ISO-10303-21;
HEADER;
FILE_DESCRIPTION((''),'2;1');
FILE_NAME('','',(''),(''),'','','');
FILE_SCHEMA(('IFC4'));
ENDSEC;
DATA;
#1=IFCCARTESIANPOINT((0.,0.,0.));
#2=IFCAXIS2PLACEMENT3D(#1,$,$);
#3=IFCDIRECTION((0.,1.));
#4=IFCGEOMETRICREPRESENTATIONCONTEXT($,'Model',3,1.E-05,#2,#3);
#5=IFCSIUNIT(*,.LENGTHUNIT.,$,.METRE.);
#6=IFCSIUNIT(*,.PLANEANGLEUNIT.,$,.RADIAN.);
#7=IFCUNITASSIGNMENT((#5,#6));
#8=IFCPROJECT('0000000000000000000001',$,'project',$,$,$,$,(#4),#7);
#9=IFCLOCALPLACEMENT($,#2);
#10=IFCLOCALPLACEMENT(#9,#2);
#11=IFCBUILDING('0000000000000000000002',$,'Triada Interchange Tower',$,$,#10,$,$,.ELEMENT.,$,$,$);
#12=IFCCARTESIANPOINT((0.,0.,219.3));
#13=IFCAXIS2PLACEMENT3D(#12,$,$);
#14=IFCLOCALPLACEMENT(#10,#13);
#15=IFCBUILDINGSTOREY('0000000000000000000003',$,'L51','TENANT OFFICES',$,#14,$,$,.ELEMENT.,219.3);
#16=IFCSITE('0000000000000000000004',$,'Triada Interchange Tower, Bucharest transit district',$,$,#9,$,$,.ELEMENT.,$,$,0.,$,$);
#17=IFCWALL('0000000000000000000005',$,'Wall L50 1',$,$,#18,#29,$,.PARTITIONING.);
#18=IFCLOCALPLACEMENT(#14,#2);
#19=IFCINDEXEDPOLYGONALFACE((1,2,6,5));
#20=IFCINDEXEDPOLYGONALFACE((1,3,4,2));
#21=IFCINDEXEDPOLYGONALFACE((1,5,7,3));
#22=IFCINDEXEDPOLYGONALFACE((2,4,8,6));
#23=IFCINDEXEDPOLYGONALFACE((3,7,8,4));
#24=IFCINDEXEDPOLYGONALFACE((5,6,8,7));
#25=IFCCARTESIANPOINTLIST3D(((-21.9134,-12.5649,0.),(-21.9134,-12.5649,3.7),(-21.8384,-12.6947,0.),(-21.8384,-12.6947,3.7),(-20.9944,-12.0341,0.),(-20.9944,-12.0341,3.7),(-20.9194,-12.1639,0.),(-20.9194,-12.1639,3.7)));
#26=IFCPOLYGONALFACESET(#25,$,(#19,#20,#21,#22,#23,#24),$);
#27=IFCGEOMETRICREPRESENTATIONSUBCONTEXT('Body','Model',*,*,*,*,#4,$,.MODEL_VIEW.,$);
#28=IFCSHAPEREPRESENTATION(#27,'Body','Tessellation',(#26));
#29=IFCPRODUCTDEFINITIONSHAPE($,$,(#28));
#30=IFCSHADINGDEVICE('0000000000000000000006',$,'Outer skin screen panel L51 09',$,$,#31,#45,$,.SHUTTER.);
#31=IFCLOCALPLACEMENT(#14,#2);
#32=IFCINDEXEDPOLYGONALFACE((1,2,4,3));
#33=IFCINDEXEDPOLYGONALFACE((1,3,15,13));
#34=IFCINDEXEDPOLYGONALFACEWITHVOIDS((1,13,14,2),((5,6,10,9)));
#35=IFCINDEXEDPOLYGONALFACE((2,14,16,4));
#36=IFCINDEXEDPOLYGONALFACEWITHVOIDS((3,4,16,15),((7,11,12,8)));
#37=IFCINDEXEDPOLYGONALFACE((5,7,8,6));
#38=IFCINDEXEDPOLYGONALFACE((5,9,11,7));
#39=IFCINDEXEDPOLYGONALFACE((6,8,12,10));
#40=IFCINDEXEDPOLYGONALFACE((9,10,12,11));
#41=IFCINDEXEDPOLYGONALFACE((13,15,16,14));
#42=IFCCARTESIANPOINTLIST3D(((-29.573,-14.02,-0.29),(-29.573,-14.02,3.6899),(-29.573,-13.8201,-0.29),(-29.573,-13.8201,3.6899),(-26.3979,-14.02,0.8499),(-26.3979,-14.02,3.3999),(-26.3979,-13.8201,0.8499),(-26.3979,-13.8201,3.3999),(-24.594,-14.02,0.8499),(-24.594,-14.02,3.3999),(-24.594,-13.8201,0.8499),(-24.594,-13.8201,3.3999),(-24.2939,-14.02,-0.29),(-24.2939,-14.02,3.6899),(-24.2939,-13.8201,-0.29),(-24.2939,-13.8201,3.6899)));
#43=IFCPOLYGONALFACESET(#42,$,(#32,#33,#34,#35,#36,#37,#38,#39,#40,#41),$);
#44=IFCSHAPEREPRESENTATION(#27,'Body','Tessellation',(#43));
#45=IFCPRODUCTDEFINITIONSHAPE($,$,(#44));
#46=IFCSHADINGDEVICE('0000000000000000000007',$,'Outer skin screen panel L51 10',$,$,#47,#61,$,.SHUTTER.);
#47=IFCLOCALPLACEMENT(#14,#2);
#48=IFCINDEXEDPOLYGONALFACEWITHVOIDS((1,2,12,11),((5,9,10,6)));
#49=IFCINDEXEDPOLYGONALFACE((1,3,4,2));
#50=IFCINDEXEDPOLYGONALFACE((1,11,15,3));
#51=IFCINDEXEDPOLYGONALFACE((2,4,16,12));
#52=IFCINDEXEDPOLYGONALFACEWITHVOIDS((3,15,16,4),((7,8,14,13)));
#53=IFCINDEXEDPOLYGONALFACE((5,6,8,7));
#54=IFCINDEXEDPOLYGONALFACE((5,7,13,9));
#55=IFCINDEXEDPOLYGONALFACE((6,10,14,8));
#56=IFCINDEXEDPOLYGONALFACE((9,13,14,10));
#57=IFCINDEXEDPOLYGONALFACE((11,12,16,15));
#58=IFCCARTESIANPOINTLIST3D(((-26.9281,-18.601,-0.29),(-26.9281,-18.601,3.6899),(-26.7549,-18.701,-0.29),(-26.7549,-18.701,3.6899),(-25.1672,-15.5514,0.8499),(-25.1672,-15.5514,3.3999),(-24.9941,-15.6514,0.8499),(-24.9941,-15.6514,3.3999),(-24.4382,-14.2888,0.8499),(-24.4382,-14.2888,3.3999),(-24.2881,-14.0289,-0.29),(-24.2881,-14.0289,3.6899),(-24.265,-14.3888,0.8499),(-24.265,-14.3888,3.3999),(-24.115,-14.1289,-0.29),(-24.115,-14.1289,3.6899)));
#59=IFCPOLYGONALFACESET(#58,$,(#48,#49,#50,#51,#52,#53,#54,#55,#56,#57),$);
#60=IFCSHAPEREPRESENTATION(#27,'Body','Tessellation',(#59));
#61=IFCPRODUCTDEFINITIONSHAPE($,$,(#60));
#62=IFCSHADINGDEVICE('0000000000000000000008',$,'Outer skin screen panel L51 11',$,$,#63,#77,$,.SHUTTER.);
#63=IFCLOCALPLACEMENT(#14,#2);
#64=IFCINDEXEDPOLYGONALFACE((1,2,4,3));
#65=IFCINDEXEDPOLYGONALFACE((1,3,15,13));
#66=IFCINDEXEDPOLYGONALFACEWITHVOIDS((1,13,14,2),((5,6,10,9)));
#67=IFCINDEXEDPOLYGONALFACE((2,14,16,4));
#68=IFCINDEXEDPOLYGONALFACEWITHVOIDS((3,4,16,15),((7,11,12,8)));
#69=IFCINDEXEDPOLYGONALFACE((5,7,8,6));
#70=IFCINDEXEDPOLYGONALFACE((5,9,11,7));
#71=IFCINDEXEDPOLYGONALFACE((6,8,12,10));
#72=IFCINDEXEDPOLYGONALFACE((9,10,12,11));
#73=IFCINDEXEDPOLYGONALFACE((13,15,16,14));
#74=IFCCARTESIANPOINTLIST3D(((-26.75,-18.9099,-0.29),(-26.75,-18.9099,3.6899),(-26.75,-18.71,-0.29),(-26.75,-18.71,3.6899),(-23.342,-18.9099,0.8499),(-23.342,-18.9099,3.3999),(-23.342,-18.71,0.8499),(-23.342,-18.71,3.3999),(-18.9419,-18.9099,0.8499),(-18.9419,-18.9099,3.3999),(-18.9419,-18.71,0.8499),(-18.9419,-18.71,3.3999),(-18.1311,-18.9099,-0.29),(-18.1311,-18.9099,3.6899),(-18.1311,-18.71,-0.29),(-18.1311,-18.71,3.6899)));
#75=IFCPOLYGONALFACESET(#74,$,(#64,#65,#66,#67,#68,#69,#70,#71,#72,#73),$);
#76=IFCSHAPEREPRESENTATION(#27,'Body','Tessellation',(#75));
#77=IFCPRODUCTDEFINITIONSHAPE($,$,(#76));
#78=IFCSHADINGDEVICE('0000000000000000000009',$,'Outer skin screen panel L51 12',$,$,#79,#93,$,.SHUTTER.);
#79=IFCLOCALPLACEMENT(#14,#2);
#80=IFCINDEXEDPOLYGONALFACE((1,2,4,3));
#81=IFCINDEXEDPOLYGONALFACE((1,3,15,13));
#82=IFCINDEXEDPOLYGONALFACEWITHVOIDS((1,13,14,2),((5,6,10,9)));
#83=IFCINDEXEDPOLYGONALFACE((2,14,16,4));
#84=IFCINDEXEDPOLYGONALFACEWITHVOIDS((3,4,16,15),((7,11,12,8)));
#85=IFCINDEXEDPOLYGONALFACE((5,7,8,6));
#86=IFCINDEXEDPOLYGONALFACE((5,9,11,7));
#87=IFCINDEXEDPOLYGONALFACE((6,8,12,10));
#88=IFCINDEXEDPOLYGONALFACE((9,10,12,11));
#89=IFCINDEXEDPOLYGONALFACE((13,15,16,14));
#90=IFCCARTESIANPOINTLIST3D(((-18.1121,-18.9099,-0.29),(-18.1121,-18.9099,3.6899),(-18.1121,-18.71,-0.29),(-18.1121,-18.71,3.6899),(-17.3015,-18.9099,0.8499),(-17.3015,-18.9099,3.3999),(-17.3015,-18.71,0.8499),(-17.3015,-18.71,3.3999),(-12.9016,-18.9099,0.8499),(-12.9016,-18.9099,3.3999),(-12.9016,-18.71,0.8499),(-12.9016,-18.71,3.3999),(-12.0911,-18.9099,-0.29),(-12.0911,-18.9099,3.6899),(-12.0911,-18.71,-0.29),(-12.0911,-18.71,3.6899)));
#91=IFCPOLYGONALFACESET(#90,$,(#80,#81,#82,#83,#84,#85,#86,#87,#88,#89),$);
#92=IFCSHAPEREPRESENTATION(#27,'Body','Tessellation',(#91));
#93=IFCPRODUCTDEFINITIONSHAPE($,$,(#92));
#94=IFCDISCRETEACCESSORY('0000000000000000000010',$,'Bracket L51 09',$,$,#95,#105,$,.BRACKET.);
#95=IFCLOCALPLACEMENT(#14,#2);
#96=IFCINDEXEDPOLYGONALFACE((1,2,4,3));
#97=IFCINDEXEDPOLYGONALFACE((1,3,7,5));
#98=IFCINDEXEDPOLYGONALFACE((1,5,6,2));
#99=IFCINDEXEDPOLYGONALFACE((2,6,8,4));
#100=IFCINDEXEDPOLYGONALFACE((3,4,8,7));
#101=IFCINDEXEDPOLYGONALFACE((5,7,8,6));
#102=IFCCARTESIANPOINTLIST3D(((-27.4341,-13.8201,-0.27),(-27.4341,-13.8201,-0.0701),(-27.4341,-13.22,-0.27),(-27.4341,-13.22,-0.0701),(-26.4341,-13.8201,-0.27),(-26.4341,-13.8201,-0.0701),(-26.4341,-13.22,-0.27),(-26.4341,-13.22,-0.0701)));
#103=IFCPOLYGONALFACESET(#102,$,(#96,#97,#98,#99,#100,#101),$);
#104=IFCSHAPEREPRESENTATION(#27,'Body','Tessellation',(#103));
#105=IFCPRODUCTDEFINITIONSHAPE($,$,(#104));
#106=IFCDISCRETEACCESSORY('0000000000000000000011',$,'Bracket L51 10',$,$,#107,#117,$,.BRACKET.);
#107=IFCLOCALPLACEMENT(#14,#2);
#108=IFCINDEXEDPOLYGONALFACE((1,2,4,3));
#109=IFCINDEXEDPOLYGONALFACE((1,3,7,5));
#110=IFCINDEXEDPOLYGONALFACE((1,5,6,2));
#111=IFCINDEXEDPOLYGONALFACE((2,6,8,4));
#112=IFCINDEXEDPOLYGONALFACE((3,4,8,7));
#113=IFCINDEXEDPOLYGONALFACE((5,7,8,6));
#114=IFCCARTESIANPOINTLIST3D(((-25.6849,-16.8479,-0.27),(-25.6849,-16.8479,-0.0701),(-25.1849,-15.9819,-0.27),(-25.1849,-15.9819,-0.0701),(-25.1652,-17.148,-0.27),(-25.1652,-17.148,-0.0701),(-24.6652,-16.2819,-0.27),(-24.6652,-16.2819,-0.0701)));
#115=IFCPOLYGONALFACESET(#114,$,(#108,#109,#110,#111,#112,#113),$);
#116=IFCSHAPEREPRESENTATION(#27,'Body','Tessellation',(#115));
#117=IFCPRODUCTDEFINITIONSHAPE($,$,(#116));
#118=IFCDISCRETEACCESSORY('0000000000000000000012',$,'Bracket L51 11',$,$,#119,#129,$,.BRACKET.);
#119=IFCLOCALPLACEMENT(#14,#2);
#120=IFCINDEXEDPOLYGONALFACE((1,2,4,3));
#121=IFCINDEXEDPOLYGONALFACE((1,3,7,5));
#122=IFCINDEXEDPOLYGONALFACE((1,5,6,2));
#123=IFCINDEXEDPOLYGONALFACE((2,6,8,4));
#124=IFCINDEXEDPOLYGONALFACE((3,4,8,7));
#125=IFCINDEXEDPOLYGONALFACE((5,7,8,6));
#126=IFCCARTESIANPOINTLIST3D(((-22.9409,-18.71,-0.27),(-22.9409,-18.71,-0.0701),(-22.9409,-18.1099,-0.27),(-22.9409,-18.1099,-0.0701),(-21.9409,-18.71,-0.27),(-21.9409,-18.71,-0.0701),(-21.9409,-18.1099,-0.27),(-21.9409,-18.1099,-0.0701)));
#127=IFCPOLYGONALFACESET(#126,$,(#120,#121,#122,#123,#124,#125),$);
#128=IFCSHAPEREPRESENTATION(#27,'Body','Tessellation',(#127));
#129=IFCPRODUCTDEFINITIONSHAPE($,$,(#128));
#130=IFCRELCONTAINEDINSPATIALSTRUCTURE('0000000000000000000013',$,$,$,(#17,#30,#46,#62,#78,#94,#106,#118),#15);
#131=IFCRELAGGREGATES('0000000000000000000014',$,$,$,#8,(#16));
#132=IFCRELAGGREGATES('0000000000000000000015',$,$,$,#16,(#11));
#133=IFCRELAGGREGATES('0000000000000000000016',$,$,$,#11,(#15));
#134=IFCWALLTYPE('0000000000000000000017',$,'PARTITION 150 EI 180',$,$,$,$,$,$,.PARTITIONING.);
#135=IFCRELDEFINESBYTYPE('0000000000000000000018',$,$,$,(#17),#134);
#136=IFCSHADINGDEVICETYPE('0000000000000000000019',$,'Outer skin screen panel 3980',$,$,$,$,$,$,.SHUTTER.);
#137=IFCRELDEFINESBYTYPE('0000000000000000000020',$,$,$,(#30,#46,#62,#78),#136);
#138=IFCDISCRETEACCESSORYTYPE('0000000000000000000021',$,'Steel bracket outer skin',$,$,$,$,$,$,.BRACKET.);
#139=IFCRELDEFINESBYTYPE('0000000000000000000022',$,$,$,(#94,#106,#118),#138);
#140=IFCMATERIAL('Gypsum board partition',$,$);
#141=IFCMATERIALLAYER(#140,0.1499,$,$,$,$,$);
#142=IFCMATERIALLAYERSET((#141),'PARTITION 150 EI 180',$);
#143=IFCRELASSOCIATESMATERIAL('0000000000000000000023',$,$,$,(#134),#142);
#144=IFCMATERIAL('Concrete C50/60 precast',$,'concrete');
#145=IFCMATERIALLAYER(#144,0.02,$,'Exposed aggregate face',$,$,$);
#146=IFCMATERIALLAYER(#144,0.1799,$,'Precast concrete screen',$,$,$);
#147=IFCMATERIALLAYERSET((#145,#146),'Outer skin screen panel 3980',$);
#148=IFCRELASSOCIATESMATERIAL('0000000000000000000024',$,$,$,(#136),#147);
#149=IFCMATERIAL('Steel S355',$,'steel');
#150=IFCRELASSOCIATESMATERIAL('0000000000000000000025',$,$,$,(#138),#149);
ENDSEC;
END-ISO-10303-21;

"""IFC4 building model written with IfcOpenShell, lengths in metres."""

from ifc_helpers import new_model, si_unit, direction, frame, frame_2d, origin, origin_2d, place, context, subcontext, project, spatial, polyline, rectangle, outline, extrude, material, layer, layer_set, type_object, element, save


model = new_model("IFC4")

# Units and contexts
model_context = context("Model", 3, precision=1e-05, world=origin(), true_north=direction((0.0, 1.0)))
body_context = subcontext(model_context, "Body", "Model", "MODEL_VIEW")
ifc_project = project(units=[si_unit("LENGTHUNIT", "METRE"), si_unit("PLANEANGLEUNIT", "RADIAN")], contexts=[model_context])

# Site, building, storey
site_placement = place(None, origin())
site = spatial("IfcSite", under=ifc_project, at=site_placement, Name="Triada Interchange Tower, Bucharest transit district", CompositionType="ELEMENT", RefElevation=0.0)
building_placement = place(site_placement, origin())
building = spatial("IfcBuilding", under=site, at=building_placement, Name="Triada Interchange Tower", CompositionType="ELEMENT")
storey_placement = place(building_placement, frame((0.0, 0.0, 219.3)))
storey = spatial("IfcBuildingStorey", under=building, at=storey_placement, Name="L51", Description="TENANT OFFICES", CompositionType="ELEMENT", Elevation=219.3)

# Wall
ifc_material_1 = material(Name="Gypsum board partition")
ifc_layer_1 = layer(ifc_material_1, 0.1499)
ifc_layer_set_1 = layer_set([ifc_layer_1], Name="PARTITION 150 EI 180")
wall_type_1 = type_object("IfcWallType", Name="PARTITION 150 EI 180", PredefinedType="PARTITIONING", material=ifc_layer_set_1)
wall_1_placement = place(storey_placement, frame((-21.876, -12.6299, 0.0), z_axis=(0.0, 0.0, 1.0), x_axis=(0.86594, 0.500147, 0.0)))
element("IfcWall", 1, at=wall_1_placement, inside=storey, type_object=wall_type_1, Name="Wall L50 1", PredefinedType="PARTITIONING", context=body_context, shape_type="SweptSolid", body=[
    extrude(rectangle(XDim=1.0613, YDim=0.1499, at=frame_2d((0.5308, 0.0))), origin(), (0.0, 0.0, 1.0), 3.7),
])

# Shading devices
ifc_material_2 = material(Name="Concrete C50/60 precast", Category="concrete")
ifc_layer_2 = layer(ifc_material_2, 0.02, Name="Exposed aggregate face")
ifc_layer_3 = layer(ifc_material_2, 0.1799, Name="Precast concrete screen")
ifc_layer_set_2 = layer_set([ifc_layer_2, ifc_layer_3], Name="Outer skin screen panel 3980")
shading_device_type = type_object("IfcShadingDeviceType", Name="Outer skin screen panel 3980", PredefinedType="SHUTTER", material=ifc_layer_set_2)
shading_device_1_placement = place(storey_placement, frame((-29.573, -13.8201, -0.29), z_axis=(0.0, 0.0, 1.0), x_axis=(1.0, 0.0, 0.0)))
element("IfcShadingDevice", 2, at=shading_device_1_placement, inside=storey, type_object=shading_device_type, Name="Outer skin screen panel L51 09", PredefinedType="SHUTTER", context=body_context, shape_type="SweptSolid", body=[
    extrude(outline(polyline([(0.0, 0.0), (5.2791, 0.0), (5.2791, 3.98), (0.0, 3.98), (0.0, 0.0)]), holes=[polyline([(3.175, 1.1399), (3.175, 3.6899), (4.979, 3.6899), (4.979, 1.1399), (3.175, 1.1399)])]), frame((0.0, 0.0, 0.0), z_axis=(0.0, -1.0, 0.0), x_axis=(1.0, 0.0, 0.0)), (0.0, 0.0, 1.0), 0.2),
])
shading_device_2_placement = place(storey_placement, frame((-24.115, -14.1289, -0.29), z_axis=(0.0, 0.0, 1.0), x_axis=(-0.500033, -0.866006, 0.0)))
element("IfcShadingDevice", 3, at=shading_device_2_placement, inside=storey, type_object=shading_device_type, Name="Outer skin screen panel L51 10", PredefinedType="SHUTTER", context=body_context, shape_type="SweptSolid", body=[
    extrude(outline(polyline([(0.0, 0.0), (5.2795, 0.0), (5.2795, 3.98), (0.0, 3.98), (0.0, 0.0)]), holes=[polyline([(0.3, 1.1399), (0.3, 3.6899), (1.7581, 3.6899), (1.7581, 1.1399), (0.3, 1.1399)])]), frame((0.0, 0.0, 0.0), z_axis=(0.0, -1.0, 0.0), x_axis=(1.0, 0.0, 0.0)), (0.0, 0.0, 1.0), 0.2),
])
shading_device_3_placement = place(storey_placement, frame((-26.75, -18.71, -0.29), z_axis=(0.0, 0.0, 1.0), x_axis=(1.0, 0.0, 0.0)))
element("IfcShadingDevice", 4, at=shading_device_3_placement, inside=storey, type_object=shading_device_type, Name="Outer skin screen panel L51 11", PredefinedType="SHUTTER", context=body_context, shape_type="SweptSolid", body=[
    extrude(outline(polyline([(0.0, 0.0), (8.6189, 0.0), (8.6189, 3.98), (0.0, 3.98), (0.0, 0.0)]), holes=[polyline([(3.408, 1.1399), (3.408, 3.6899), (7.8081, 3.6899), (7.8081, 1.1399), (3.408, 1.1399)])]), frame((0.0, 0.0, 0.0), z_axis=(0.0, -1.0, 0.0), x_axis=(1.0, 0.0, 0.0)), (0.0, 0.0, 1.0), 0.2),
])
shading_device_4_placement = place(storey_placement, frame((-18.1121, -18.71, -0.29), z_axis=(0.0, 0.0, 1.0), x_axis=(1.0, 0.0, 0.0)))
element("IfcShadingDevice", 5, at=shading_device_4_placement, inside=storey, type_object=shading_device_type, Name="Outer skin screen panel L51 12", PredefinedType="SHUTTER", context=body_context, shape_type="SweptSolid", body=[
    extrude(outline(polyline([(0.0, 0.0), (6.021, 0.0), (6.021, 3.98), (0.0, 3.98), (0.0, 0.0)]), holes=[polyline([(0.8105, 1.1399), (0.8105, 3.6899), (5.2104, 3.6899), (5.2104, 1.1399), (0.8105, 1.1399)])]), frame((0.0, 0.0, 0.0), z_axis=(0.0, -1.0, 0.0), x_axis=(1.0, 0.0, 0.0)), (0.0, 0.0, 1.0), 0.2),
])

# Discrete accessories
ifc_material_3 = material(Name="Steel S355", Category="steel")
discrete_accessory_type = type_object("IfcDiscreteAccessoryType", Name="Steel bracket outer skin", PredefinedType="BRACKET", material=ifc_material_3)
for number, where, z_axis, x_axis, name in (
    (6, (-26.9341, -13.52, -0.27), (0.0, 0.0, 1.0), (0.0, -1.0, 0.0), "Bracket L51 09"),
    (7, (-25.175, -16.5649, -0.27), (0.0, 0.0, 1.0), (-0.866044, 0.499968, 0.0), "Bracket L51 10"),
    (8, (-22.4409, -18.4099, -0.27), (0.0, 0.0, 1.0), (0.0, -1.0, 0.0), "Bracket L51 11"),
):
    element("IfcDiscreteAccessory", number, at=place(storey_placement, frame(where, z_axis=z_axis, x_axis=x_axis)), inside=storey, type_object=discrete_accessory_type, Name=name, PredefinedType="BRACKET", context=body_context, shape_type="SweptSolid", body=[
        extrude(rectangle(XDim=0.6001, YDim=1.0, at=origin_2d()), origin(), (0.0, 0.0, 1.0), 0.2),
    ])

save(model, "model.ifc")
